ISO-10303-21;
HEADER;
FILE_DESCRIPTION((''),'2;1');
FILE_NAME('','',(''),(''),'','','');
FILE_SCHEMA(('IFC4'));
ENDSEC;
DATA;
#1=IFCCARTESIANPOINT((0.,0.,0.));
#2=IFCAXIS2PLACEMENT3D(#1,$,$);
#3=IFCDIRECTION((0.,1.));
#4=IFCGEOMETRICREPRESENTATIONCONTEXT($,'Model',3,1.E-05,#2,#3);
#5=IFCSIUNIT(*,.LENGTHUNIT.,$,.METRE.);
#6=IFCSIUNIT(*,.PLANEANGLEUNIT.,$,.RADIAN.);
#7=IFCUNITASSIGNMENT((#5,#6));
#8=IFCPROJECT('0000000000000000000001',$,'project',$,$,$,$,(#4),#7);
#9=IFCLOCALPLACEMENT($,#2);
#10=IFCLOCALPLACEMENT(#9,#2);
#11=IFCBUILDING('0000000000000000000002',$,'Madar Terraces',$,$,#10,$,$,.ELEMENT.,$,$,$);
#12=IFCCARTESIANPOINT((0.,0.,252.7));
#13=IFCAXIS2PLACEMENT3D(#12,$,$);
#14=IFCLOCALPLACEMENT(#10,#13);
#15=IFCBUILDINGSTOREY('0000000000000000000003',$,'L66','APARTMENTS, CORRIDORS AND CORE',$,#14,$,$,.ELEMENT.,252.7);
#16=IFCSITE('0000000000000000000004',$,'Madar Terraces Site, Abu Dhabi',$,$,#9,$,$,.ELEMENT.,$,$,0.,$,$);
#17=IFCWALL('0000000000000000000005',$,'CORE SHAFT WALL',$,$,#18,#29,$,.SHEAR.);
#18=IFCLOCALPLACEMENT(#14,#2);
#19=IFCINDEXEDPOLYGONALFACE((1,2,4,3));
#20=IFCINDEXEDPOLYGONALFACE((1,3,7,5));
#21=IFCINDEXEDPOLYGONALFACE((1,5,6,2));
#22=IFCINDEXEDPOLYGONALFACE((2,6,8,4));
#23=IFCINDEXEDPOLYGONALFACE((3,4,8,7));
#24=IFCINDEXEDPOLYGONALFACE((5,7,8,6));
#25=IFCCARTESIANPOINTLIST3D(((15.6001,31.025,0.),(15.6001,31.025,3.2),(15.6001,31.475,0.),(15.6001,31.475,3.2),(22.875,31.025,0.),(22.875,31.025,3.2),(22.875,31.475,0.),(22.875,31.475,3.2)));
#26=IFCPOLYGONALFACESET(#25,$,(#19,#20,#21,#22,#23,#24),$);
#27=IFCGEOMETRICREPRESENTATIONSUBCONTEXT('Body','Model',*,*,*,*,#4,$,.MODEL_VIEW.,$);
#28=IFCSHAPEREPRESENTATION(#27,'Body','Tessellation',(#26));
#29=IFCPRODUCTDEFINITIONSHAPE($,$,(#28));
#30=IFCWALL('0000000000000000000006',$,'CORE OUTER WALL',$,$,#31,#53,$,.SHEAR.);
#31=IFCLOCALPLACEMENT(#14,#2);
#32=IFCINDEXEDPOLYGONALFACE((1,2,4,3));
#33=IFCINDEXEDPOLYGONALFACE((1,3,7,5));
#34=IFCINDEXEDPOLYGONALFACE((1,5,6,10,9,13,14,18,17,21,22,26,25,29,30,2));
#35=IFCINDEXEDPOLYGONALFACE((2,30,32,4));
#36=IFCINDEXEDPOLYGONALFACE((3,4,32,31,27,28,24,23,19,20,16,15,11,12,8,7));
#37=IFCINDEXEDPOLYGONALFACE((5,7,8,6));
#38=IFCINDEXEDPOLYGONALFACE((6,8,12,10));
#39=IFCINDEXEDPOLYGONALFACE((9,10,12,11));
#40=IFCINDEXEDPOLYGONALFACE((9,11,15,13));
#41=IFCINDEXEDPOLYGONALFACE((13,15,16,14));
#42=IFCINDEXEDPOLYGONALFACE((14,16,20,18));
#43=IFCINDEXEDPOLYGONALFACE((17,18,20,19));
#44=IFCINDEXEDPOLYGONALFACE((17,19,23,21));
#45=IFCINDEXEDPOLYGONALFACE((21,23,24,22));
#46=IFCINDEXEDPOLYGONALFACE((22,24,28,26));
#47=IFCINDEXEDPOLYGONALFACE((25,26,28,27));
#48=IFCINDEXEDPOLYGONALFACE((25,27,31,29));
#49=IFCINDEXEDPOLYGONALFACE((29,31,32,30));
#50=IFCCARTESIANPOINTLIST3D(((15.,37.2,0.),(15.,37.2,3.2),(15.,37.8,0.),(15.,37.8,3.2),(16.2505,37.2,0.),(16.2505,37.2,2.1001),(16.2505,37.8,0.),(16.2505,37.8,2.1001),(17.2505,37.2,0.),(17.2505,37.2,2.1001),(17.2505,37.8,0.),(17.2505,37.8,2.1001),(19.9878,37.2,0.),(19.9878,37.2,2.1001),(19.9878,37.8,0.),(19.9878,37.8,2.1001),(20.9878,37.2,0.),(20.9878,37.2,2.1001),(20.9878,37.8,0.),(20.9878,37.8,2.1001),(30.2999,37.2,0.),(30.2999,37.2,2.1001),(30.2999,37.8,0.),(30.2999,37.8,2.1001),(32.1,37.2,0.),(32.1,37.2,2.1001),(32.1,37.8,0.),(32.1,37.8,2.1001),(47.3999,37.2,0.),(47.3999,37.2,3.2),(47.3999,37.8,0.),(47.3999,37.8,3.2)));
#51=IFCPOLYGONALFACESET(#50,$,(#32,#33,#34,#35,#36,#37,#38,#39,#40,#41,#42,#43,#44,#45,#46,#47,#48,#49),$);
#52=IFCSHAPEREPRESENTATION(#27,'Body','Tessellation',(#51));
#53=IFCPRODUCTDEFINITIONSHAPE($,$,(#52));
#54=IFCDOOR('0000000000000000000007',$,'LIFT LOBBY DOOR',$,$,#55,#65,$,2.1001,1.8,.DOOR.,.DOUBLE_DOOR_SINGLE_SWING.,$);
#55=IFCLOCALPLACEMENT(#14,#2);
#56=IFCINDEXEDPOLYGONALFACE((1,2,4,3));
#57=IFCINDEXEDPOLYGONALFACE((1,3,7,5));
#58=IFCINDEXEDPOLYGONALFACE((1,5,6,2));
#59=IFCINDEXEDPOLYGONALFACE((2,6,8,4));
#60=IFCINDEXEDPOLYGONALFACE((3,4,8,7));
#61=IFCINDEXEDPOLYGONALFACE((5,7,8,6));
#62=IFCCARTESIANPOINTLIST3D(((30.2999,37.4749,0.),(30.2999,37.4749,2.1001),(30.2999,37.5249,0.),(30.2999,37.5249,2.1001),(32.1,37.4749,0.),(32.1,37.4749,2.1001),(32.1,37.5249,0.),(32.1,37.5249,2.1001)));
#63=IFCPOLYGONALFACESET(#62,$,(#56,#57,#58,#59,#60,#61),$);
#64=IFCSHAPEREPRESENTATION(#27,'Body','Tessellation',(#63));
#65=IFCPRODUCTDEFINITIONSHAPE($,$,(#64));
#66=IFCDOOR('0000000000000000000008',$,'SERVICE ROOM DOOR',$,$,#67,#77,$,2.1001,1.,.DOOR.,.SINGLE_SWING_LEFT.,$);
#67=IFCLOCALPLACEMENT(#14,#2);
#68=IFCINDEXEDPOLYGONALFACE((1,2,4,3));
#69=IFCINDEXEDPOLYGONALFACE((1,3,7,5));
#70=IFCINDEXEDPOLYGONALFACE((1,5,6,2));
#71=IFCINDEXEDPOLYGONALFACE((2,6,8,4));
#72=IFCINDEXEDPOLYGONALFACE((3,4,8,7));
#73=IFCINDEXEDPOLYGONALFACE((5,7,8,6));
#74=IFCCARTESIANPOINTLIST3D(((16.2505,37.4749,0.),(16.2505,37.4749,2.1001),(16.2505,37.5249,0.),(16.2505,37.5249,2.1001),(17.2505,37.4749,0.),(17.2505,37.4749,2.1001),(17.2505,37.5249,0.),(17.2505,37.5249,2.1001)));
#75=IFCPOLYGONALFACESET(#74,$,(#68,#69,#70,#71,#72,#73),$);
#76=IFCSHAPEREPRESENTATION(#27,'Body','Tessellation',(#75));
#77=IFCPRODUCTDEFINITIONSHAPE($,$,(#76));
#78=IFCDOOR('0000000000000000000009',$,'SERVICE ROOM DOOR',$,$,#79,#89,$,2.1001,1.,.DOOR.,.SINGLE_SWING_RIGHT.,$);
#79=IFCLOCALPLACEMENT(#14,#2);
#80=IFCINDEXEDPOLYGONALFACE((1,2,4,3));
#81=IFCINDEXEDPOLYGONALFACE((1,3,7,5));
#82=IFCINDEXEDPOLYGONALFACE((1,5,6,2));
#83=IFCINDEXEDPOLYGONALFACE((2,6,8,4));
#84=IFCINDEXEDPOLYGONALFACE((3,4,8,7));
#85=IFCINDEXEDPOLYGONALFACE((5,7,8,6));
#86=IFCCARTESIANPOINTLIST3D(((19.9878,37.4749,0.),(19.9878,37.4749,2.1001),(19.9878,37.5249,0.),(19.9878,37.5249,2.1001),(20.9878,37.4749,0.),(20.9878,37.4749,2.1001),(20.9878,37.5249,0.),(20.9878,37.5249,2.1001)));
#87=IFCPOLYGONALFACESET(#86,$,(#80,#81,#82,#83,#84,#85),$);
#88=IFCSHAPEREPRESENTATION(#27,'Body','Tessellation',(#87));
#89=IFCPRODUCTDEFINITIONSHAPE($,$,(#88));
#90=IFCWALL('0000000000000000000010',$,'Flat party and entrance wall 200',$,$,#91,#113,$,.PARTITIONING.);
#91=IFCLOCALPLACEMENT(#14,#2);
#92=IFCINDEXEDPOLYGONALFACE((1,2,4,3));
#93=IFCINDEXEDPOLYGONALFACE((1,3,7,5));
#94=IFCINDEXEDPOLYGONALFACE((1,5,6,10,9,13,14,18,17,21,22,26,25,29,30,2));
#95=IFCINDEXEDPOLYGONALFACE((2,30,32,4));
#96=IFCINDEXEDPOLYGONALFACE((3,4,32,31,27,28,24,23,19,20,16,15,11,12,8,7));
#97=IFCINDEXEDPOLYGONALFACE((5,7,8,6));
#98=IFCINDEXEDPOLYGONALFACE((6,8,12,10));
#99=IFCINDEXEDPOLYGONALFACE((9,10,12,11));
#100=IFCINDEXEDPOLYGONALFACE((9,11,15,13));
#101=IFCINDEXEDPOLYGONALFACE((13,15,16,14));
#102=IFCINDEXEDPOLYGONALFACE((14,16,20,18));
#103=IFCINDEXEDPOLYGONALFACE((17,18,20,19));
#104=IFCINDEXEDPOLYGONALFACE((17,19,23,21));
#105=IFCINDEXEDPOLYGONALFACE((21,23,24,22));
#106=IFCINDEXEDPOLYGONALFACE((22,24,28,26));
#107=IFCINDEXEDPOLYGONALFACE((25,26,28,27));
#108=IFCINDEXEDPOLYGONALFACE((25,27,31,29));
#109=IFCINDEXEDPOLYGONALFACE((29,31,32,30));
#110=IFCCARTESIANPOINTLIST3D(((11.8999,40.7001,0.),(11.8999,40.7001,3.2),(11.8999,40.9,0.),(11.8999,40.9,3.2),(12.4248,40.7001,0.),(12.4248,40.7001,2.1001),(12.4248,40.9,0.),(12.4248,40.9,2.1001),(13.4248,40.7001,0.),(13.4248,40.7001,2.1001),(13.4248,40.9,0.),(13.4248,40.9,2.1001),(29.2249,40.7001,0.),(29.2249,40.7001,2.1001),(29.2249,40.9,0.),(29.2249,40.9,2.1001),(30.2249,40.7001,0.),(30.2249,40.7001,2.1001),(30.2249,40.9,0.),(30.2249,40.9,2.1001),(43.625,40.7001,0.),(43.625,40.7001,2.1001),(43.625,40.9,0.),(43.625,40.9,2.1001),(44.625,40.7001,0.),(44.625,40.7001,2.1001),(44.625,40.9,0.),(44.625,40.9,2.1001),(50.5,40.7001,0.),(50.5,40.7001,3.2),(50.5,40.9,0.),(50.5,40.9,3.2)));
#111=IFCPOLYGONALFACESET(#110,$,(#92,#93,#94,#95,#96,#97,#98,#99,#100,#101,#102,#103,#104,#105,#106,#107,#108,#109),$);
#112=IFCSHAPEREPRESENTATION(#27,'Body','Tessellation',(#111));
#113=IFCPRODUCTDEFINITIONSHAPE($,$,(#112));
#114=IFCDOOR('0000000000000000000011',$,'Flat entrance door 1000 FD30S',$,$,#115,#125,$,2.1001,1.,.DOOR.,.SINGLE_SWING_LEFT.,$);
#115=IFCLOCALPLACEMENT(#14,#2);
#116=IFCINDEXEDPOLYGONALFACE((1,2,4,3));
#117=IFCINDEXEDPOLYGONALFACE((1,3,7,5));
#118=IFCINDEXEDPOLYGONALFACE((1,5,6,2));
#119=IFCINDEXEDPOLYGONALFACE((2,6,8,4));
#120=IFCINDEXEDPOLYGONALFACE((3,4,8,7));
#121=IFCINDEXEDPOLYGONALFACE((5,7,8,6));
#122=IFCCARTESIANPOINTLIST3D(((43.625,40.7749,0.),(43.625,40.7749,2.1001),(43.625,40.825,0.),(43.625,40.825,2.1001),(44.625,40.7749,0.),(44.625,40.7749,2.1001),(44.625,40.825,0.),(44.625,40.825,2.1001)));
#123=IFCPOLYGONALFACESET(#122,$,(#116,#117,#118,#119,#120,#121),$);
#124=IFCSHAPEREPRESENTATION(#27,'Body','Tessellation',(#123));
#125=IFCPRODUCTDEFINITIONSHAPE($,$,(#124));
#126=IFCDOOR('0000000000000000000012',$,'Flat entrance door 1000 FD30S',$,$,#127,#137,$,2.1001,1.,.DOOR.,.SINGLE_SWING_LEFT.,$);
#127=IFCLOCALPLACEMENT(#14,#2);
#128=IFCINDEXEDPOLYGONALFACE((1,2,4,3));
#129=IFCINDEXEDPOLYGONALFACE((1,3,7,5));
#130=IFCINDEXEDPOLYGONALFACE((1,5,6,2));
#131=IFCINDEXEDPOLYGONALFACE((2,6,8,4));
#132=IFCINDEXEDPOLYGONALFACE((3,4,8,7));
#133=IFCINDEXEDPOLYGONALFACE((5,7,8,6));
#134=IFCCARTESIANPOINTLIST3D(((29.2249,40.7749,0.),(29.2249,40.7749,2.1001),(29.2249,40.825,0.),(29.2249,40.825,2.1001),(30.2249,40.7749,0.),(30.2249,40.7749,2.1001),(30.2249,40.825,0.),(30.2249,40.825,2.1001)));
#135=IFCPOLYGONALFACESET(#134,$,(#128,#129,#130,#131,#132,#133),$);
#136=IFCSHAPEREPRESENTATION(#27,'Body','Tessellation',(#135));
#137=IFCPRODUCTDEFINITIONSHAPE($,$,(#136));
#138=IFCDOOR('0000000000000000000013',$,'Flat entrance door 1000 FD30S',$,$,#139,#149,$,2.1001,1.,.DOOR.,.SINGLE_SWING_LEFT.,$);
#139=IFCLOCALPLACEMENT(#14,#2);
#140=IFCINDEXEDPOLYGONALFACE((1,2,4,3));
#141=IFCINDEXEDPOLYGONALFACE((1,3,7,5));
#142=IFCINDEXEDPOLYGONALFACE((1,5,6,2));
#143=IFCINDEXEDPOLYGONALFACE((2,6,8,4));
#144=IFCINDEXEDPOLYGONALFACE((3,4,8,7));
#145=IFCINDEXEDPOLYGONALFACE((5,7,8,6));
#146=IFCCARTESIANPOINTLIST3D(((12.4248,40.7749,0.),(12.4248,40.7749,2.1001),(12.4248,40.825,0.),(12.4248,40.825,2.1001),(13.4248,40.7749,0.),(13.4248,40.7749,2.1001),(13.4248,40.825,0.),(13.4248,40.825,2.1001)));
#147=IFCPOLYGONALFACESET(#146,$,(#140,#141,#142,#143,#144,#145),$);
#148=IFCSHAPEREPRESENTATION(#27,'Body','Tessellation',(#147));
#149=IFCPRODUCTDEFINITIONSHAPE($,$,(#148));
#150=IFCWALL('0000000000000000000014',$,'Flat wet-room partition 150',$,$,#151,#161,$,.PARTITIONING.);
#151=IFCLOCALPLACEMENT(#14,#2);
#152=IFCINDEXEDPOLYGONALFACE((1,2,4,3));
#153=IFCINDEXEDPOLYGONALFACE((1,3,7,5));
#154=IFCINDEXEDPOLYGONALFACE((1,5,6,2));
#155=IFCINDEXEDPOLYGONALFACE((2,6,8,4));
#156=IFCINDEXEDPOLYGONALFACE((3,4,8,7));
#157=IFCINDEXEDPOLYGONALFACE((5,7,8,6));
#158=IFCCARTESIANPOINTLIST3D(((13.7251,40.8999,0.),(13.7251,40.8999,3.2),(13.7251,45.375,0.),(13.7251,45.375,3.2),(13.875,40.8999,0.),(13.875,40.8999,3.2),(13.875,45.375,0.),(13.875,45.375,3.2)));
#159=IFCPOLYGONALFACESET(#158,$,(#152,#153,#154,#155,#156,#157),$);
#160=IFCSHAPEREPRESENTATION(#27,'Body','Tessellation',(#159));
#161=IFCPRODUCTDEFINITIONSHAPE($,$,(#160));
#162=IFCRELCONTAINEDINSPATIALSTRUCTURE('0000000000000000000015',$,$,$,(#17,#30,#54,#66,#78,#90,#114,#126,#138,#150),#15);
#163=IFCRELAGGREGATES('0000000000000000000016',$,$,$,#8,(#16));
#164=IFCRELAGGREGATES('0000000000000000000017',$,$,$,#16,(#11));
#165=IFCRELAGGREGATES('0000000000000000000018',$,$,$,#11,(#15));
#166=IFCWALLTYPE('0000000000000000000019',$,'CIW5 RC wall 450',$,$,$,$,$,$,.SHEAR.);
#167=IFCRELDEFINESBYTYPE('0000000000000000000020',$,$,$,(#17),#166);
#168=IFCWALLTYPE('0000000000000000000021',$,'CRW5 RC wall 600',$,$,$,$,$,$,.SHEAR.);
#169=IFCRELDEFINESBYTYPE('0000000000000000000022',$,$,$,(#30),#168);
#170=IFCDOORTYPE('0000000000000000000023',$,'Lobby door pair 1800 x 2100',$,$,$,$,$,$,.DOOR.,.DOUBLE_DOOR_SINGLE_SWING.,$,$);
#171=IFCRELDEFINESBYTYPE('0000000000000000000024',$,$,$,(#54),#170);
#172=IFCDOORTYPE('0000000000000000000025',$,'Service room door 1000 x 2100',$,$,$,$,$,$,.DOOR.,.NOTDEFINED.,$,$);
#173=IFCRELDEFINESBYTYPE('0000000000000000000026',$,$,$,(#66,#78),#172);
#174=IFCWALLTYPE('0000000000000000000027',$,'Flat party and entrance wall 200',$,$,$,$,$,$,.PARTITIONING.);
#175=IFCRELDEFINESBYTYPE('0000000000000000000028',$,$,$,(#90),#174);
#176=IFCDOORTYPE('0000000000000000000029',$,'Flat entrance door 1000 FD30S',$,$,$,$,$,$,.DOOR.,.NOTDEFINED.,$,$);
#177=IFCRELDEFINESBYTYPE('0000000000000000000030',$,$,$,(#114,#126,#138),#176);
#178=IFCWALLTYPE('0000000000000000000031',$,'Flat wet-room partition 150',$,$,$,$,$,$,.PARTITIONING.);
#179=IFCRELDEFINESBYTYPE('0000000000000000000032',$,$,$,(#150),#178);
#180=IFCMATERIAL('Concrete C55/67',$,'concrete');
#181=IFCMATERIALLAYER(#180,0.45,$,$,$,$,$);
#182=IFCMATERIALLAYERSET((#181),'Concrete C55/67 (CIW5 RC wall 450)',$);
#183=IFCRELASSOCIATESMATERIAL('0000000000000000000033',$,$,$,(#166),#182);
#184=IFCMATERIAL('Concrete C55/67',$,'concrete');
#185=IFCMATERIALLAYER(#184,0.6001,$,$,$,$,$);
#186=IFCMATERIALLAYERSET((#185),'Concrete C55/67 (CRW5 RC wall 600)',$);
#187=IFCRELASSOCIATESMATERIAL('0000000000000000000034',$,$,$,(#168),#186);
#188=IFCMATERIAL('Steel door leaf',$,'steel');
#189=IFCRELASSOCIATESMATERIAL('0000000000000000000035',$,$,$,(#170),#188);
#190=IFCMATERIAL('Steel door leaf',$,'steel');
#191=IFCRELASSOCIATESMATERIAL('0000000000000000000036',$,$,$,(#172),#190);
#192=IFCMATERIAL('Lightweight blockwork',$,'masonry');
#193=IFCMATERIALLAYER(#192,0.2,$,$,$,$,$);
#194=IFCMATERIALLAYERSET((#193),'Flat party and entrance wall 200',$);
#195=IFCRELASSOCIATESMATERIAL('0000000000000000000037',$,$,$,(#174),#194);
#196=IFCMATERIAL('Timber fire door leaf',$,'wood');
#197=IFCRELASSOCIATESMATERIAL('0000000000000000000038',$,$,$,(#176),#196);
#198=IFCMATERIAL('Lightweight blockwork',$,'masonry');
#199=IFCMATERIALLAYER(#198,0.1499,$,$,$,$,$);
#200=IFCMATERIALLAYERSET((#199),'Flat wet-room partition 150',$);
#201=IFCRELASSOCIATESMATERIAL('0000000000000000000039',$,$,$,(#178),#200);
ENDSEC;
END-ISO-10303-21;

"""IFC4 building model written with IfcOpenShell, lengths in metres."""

from ifc_helpers import new_model, si_unit, direction, frame, frame_2d, origin, place, context, subcontext, project, spatial, rectangle, extrude, material, layer, layer_set, type_object, element, fill, save


model = new_model("IFC4")

# Units and contexts
model_context = context("Model", 3, precision=1e-05, world=origin(), true_north=direction((0.0, 1.0)))
body_context = subcontext(model_context, "Body", "Model", "MODEL_VIEW")
ifc_project = project(units=[si_unit("LENGTHUNIT", "METRE"), si_unit("PLANEANGLEUNIT", "RADIAN")], contexts=[model_context])

# Site, building, storey
site_placement = place(None, origin())
site = spatial("IfcSite", under=ifc_project, at=site_placement, Name="Madar Terraces Site, Abu Dhabi", CompositionType="ELEMENT", RefElevation=0.0)
building_placement = place(site_placement, origin())
building = spatial("IfcBuilding", under=site, at=building_placement, Name="Madar Terraces", CompositionType="ELEMENT")
storey_placement = place(building_placement, frame((0.0, 0.0, 252.7)))
storey = spatial("IfcBuildingStorey", under=building, at=storey_placement, Name="L66", Description="APARTMENTS, CORRIDORS AND CORE", CompositionType="ELEMENT", Elevation=252.7)

# Wall
ifc_material_1 = material(Name="Concrete C55/67", Category="concrete")
ifc_layer_1 = layer(ifc_material_1, 0.45)
ifc_layer_set_1 = layer_set([ifc_layer_1], Name="Concrete C55/67 (CIW5 RC wall 450)")
wall_type_1 = type_object("IfcWallType", Name="CIW5 RC wall 450", PredefinedType="SHEAR", material=ifc_layer_set_1)
wall_1_placement = place(storey_placement, frame((15.6001, 31.25, 0.0), z_axis=(0.0, 0.0, 1.0), x_axis=(1.0, 0.0, 0.0)))
element("IfcWall", 1, at=wall_1_placement, inside=storey, type_object=wall_type_1, Name="CORE SHAFT WALL", PredefinedType="SHEAR", context=body_context, shape_type="SweptSolid", body=[
    extrude(rectangle(XDim=7.2749, YDim=0.45, at=frame_2d((3.6375, 0.0))), origin(), (0.0, 0.0, 1.0), 3.2),
])

# Walls, openings, doors
ifc_material_2 = material(Name="Concrete C55/67", Category="concrete")
ifc_layer_2 = layer(ifc_material_2, 0.6001)
ifc_layer_set_2 = layer_set([ifc_layer_2], Name="Concrete C55/67 (CRW5 RC wall 600)")
wall_type_2 = type_object("IfcWallType", Name="CRW5 RC wall 600", PredefinedType="SHEAR", material=ifc_layer_set_2)
wall_2_placement = place(storey_placement, frame((15.0, 37.5, 0.0), z_axis=(0.0, 0.0, 1.0), x_axis=(1.0, 0.0, 0.0)))
wall_2 = element("IfcWall", 2, at=wall_2_placement, inside=storey, type_object=wall_type_2, Name="CORE OUTER WALL", PredefinedType="SHEAR", context=body_context, shape_type="SweptSolid", body=[
    extrude(rectangle(XDim=32.3999, YDim=0.6001, at=frame_2d((16.2, 0.0))), origin(), (0.0, 0.0, 1.0), 3.2),
])
opening_1_placement = place(wall_2_placement, frame((15.3, 0.0, 0.0)))
opening_1 = element("IfcOpeningElement", 3, at=opening_1_placement, cuts=wall_2, PredefinedType="OPENING", context=body_context, shape_type="SweptSolid", body=[
    extrude(rectangle(XDim=1.8, YDim=2.1001, at=frame_2d((0.8999, 1.05))), frame((0.0, 0.3101, 0.0), z_axis=(0.0, -1.0, 0.0), x_axis=(1.0, 0.0, 0.0)), (0.0, 0.0, 1.0), 0.6201),
])
opening_2_placement = place(wall_2_placement, frame((1.2505, 0.0, 0.0)))
opening_2 = element("IfcOpeningElement", 4, at=opening_2_placement, cuts=wall_2, PredefinedType="OPENING", context=body_context, shape_type="SweptSolid", body=[
    extrude(rectangle(XDim=1.0, YDim=2.1001, at=frame_2d((0.5, 1.05))), frame((0.0, 0.3101, 0.0), z_axis=(0.0, -1.0, 0.0), x_axis=(1.0, 0.0, 0.0)), (0.0, 0.0, 1.0), 0.6201),
])
opening_3_placement = place(wall_2_placement, frame((4.9878, 0.0, 0.0)))
opening_3 = element("IfcOpeningElement", 5, at=opening_3_placement, cuts=wall_2, PredefinedType="OPENING", context=body_context, shape_type="SweptSolid", body=[
    extrude(rectangle(XDim=1.0, YDim=2.1001, at=frame_2d((0.5, 1.05))), frame((0.0, 0.3101, 0.0), z_axis=(0.0, -1.0, 0.0), x_axis=(1.0, 0.0, 0.0)), (0.0, 0.0, 1.0), 0.6201),
])
ifc_material_3 = material(Name="Steel door leaf", Category="steel")
door_type_1 = type_object("IfcDoorType", Name="Lobby door pair 1800 x 2100", OperationType="DOUBLE_DOOR_SINGLE_SWING", PredefinedType="DOOR", material=ifc_material_3)
door_1_placement = place(opening_1_placement, origin())
door_1 = element("IfcDoor", 6, at=door_1_placement, inside=storey, type_object=door_type_1, Name="LIFT LOBBY DOOR", OperationType="DOUBLE_DOOR_SINGLE_SWING", OverallHeight=2.1001, OverallWidth=1.8, PredefinedType="DOOR", context=body_context, shape_type="SweptSolid", body=[
    extrude(rectangle(XDim=1.8, YDim=2.1001, at=frame_2d((0.8999, 1.05))), frame((0.0, 0.0249, 0.0), z_axis=(0.0, -1.0, 0.0), x_axis=(1.0, 0.0, 0.0)), (0.0, 0.0, 1.0), 0.05),
])
fill(opening_1, door_1)
ifc_material_4 = material(Name="Steel door leaf", Category="steel")
door_type_2 = type_object("IfcDoorType", Name="Service room door 1000 x 2100", OperationType="NOTDEFINED", PredefinedType="DOOR", material=ifc_material_4)
door_2_placement = place(opening_2_placement, origin())
door_2 = element("IfcDoor", 7, at=door_2_placement, inside=storey, type_object=door_type_2, Name="SERVICE ROOM DOOR", OperationType="SINGLE_SWING_LEFT", OverallHeight=2.1001, OverallWidth=1.0, PredefinedType="DOOR", context=body_context, shape_type="SweptSolid", body=[
    extrude(rectangle(XDim=1.0, YDim=2.1001, at=frame_2d((0.5, 1.05))), frame((0.0, 0.0249, 0.0), z_axis=(0.0, -1.0, 0.0), x_axis=(1.0, 0.0, 0.0)), (0.0, 0.0, 1.0), 0.05),
])
fill(opening_2, door_2)
door_3_placement = place(opening_3_placement, origin())
door_3 = element("IfcDoor", 8, at=door_3_placement, inside=storey, type_object=door_type_2, Name="SERVICE ROOM DOOR", OperationType="SINGLE_SWING_RIGHT", OverallHeight=2.1001, OverallWidth=1.0, PredefinedType="DOOR", context=body_context, shape_type="SweptSolid", body=[
    extrude(rectangle(XDim=1.0, YDim=2.1001, at=frame_2d((0.5, 1.05))), frame((0.0, 0.0249, 0.0), z_axis=(0.0, -1.0, 0.0), x_axis=(1.0, 0.0, 0.0)), (0.0, 0.0, 1.0), 0.05),
])
fill(opening_3, door_3)
ifc_material_5 = material(Name="Lightweight blockwork", Category="masonry")
ifc_layer_3 = layer(ifc_material_5, 0.2)
ifc_layer_set_3 = layer_set([ifc_layer_3], Name="Flat party and entrance wall 200")
wall_type_3 = type_object("IfcWallType", Name="Flat party and entrance wall 200", PredefinedType="PARTITIONING", material=ifc_layer_set_3)
wall_3_placement = place(storey_placement, frame((11.8999, 40.8, 0.0), z_axis=(0.0, 0.0, 1.0), x_axis=(1.0, 0.0, 0.0)))
wall_3 = element("IfcWall", 9, at=wall_3_placement, inside=storey, type_object=wall_type_3, Name="Flat party and entrance wall 200", PredefinedType="PARTITIONING", context=body_context, shape_type="SweptSolid", body=[
    extrude(rectangle(XDim=38.6001, YDim=0.2, at=frame_2d((19.3, 0.0))), origin(), (0.0, 0.0, 1.0), 3.2),
])
opening_4_placement = place(wall_3_placement, frame((31.7251, 0.0, 0.0)))
opening_4 = element("IfcOpeningElement", 10, at=opening_4_placement, cuts=wall_3, PredefinedType="OPENING", context=body_context, shape_type="SweptSolid", body=[
    extrude(rectangle(XDim=1.0, YDim=2.1001, at=frame_2d((0.5, 1.05))), frame((0.0, 0.1099, 0.0), z_axis=(0.0, -1.0, 0.0), x_axis=(1.0, 0.0, 0.0)), (0.0, 0.0, 1.0), 0.22),
])
opening_5_placement = place(wall_3_placement, frame((17.325, 0.0, 0.0)))
opening_5 = element("IfcOpeningElement", 11, at=opening_5_placement, cuts=wall_3, PredefinedType="OPENING", context=body_context, shape_type="SweptSolid", body=[
    extrude(rectangle(XDim=1.0, YDim=2.1001, at=frame_2d((0.5, 1.05))), frame((0.0, 0.1099, 0.0), z_axis=(0.0, -1.0, 0.0), x_axis=(1.0, 0.0, 0.0)), (0.0, 0.0, 1.0), 0.22),
])
opening_6_placement = place(wall_3_placement, frame((0.5249, 0.0, 0.0)))
opening_6 = element("IfcOpeningElement", 12, at=opening_6_placement, cuts=wall_3, PredefinedType="OPENING", context=body_context, shape_type="SweptSolid", body=[
    extrude(rectangle(XDim=1.0, YDim=2.1001, at=frame_2d((0.5, 1.05))), frame((0.0, 0.1099, 0.0), z_axis=(0.0, -1.0, 0.0), x_axis=(1.0, 0.0, 0.0)), (0.0, 0.0, 1.0), 0.22),
])
ifc_material_6 = material(Name="Timber fire door leaf", Category="wood")
door_type_3 = type_object("IfcDoorType", Name="Flat entrance door 1000 FD30S", OperationType="NOTDEFINED", PredefinedType="DOOR", material=ifc_material_6)
door_4_placement = place(opening_4_placement, origin())
door_4 = element("IfcDoor", 13, at=door_4_placement, inside=storey, type_object=door_type_3, Name="Flat entrance door 1000 FD30S", OperationType="SINGLE_SWING_LEFT", OverallHeight=2.1001, OverallWidth=1.0, PredefinedType="DOOR", context=body_context, shape_type="SweptSolid", body=[
    extrude(rectangle(XDim=1.0, YDim=2.1001, at=frame_2d((0.5, 1.05))), frame((0.0, 0.0249, 0.0), z_axis=(0.0, -1.0, 0.0), x_axis=(1.0, 0.0, 0.0)), (0.0, 0.0, 1.0), 0.05),
])
fill(opening_4, door_4)
door_5_placement = place(opening_5_placement, origin())
door_5 = element("IfcDoor", 14, at=door_5_placement, inside=storey, type_object=door_type_3, Name="Flat entrance door 1000 FD30S", OperationType="SINGLE_SWING_LEFT", OverallHeight=2.1001, OverallWidth=1.0, PredefinedType="DOOR", context=body_context, shape_type="SweptSolid", body=[
    extrude(rectangle(XDim=1.0, YDim=2.1001, at=frame_2d((0.5, 1.05))), frame((0.0, 0.0249, 0.0), z_axis=(0.0, -1.0, 0.0), x_axis=(1.0, 0.0, 0.0)), (0.0, 0.0, 1.0), 0.05),
])
fill(opening_5, door_5)
door_6_placement = place(opening_6_placement, origin())
door_6 = element("IfcDoor", 15, at=door_6_placement, inside=storey, type_object=door_type_3, Name="Flat entrance door 1000 FD30S", OperationType="SINGLE_SWING_LEFT", OverallHeight=2.1001, OverallWidth=1.0, PredefinedType="DOOR", context=body_context, shape_type="SweptSolid", body=[
    extrude(rectangle(XDim=1.0, YDim=2.1001, at=frame_2d((0.5, 1.05))), frame((0.0, 0.0249, 0.0), z_axis=(0.0, -1.0, 0.0), x_axis=(1.0, 0.0, 0.0)), (0.0, 0.0, 1.0), 0.05),
])
fill(opening_6, door_6)

# Wall
ifc_material_7 = material(Name="Lightweight blockwork", Category="masonry")
ifc_layer_4 = layer(ifc_material_7, 0.1499)
ifc_layer_set_4 = layer_set([ifc_layer_4], Name="Flat wet-room partition 150")
wall_type_4 = type_object("IfcWallType", Name="Flat wet-room partition 150", PredefinedType="PARTITIONING", material=ifc_layer_set_4)
wall_4_placement = place(storey_placement, frame((13.8, 40.8999, 0.0), z_axis=(0.0, 0.0, 1.0), x_axis=(0.0, 1.0, 0.0)))
element("IfcWall", 16, at=wall_4_placement, inside=storey, type_object=wall_type_4, Name="Flat wet-room partition 150", PredefinedType="PARTITIONING", context=body_context, shape_type="SweptSolid", body=[
    extrude(rectangle(XDim=4.4751, YDim=0.1499, at=frame_2d((2.2375, 0.0))), origin(), (0.0, 0.0, 1.0), 3.2),
])

save(model, "model.ifc")
